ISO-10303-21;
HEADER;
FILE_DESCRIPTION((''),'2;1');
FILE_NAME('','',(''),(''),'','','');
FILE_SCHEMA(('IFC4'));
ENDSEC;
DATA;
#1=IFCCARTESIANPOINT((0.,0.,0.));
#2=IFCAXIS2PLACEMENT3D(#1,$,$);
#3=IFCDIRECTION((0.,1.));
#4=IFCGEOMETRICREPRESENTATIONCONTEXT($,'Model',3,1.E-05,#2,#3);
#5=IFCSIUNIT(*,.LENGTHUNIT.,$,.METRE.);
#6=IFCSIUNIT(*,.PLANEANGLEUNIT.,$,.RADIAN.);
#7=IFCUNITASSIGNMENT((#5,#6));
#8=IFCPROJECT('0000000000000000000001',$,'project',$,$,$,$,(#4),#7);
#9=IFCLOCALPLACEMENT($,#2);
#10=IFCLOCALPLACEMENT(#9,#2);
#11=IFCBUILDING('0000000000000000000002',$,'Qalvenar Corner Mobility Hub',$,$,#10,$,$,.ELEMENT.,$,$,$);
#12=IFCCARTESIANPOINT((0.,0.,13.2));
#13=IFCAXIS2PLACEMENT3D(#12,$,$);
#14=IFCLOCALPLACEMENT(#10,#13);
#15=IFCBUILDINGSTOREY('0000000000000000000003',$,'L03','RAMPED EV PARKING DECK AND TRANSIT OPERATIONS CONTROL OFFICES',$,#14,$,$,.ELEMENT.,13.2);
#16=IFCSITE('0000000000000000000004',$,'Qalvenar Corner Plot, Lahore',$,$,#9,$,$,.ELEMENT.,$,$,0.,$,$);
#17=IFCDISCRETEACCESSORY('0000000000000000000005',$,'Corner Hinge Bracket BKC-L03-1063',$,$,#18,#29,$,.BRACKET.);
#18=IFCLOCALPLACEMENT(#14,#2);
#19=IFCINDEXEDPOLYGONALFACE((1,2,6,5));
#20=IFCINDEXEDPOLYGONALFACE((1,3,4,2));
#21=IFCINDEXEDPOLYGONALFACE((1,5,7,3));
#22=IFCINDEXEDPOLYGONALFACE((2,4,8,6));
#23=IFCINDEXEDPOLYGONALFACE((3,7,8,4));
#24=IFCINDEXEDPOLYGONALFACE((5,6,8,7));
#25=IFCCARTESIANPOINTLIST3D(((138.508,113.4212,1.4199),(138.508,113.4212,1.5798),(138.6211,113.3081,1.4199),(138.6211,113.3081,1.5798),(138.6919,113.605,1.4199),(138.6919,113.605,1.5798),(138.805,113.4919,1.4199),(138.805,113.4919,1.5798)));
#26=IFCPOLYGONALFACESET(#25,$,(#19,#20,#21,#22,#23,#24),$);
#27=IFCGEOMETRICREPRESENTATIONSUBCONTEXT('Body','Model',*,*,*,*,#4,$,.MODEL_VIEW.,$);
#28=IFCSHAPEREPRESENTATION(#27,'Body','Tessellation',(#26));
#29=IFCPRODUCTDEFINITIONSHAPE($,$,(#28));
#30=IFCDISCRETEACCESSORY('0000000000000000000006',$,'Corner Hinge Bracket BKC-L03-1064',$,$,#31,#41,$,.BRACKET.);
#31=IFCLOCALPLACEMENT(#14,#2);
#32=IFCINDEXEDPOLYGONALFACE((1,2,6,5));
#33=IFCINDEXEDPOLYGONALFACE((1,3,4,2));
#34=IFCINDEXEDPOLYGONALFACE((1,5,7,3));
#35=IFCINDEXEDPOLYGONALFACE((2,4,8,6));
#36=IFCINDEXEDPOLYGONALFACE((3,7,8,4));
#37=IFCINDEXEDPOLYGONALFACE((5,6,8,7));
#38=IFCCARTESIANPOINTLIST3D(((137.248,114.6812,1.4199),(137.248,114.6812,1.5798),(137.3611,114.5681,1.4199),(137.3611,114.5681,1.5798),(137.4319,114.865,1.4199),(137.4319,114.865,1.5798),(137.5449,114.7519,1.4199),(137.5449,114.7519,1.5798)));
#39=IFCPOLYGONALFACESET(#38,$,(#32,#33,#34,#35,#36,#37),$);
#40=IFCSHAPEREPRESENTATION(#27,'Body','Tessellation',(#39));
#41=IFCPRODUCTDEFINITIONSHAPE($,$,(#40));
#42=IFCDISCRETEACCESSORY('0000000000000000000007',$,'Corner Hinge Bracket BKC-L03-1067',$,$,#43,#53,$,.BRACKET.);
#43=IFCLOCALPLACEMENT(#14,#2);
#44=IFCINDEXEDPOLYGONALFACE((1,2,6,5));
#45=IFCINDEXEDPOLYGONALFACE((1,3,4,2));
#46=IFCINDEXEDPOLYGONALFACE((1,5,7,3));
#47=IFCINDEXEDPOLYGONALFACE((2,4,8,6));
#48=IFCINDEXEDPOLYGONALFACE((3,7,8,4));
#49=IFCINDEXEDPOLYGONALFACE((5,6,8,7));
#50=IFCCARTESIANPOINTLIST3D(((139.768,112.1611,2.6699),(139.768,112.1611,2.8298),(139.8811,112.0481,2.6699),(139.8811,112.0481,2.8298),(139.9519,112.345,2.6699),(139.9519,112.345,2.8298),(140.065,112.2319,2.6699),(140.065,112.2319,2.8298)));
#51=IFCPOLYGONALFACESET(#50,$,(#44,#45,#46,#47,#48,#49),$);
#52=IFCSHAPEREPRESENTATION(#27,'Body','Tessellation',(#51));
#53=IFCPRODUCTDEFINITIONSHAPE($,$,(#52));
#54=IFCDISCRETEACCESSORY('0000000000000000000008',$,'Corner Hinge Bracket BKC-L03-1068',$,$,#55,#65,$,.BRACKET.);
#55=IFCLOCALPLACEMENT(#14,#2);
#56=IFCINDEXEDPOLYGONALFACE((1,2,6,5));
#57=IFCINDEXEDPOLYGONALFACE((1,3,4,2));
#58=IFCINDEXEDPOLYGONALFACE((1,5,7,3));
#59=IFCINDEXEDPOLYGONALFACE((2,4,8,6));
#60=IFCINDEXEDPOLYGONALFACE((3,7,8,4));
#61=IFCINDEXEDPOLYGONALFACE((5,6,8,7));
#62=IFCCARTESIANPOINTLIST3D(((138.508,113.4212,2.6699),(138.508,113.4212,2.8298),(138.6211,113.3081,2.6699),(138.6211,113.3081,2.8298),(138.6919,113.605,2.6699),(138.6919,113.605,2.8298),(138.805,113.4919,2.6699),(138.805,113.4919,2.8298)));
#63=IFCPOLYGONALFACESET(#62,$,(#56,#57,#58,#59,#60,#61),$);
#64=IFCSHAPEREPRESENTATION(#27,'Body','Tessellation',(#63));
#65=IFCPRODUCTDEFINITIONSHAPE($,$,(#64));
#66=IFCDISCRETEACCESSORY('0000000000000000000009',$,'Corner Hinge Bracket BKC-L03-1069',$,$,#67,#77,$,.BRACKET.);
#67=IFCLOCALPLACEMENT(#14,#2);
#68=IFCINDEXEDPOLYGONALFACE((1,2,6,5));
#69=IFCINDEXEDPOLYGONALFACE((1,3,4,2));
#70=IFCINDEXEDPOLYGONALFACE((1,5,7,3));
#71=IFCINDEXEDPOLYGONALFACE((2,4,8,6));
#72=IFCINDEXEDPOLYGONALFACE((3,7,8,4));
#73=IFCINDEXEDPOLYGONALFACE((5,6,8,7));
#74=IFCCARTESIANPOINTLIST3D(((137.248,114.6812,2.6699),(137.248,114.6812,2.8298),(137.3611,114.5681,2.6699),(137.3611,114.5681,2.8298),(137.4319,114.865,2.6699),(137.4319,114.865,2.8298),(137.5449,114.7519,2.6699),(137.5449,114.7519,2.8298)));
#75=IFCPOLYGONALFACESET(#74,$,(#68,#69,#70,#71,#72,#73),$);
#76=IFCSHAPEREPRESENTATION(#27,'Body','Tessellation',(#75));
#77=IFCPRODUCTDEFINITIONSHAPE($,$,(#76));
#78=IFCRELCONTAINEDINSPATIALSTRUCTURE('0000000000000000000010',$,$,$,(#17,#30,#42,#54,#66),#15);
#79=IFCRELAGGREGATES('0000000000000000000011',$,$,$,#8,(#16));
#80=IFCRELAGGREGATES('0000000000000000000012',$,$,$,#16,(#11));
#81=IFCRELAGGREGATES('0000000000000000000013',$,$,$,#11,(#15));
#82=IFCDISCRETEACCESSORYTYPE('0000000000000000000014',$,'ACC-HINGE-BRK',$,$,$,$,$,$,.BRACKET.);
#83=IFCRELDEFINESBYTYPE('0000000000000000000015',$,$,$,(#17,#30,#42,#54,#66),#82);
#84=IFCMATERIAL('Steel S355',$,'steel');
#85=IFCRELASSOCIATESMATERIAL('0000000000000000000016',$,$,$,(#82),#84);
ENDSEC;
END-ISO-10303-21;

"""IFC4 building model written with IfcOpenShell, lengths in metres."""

from ifc_helpers import new_model, si_unit, direction, frame, origin, origin_2d, place, context, subcontext, project, spatial, rectangle, extrude, material, type_object, element, save


model = new_model("IFC4")

# Units and contexts
model_context = context("Model", 3, precision=1e-05, world=origin(), true_north=direction((0.0, 1.0)))
body_context = subcontext(model_context, "Body", "Model", "MODEL_VIEW")
ifc_project = project(units=[si_unit("LENGTHUNIT", "METRE"), si_unit("PLANEANGLEUNIT", "RADIAN")], contexts=[model_context])

# Site, building, storey
site_placement = place(None, origin())
site = spatial("IfcSite", under=ifc_project, at=site_placement, Name="Qalvenar Corner Plot, Lahore", CompositionType="ELEMENT", RefElevation=0.0)
building_placement = place(site_placement, origin())
building = spatial("IfcBuilding", under=site, at=building_placement, Name="Qalvenar Corner Mobility Hub", CompositionType="ELEMENT")
storey_placement = place(building_placement, frame((0.0, 0.0, 13.2)))
storey = spatial("IfcBuildingStorey", under=building, at=storey_placement, Name="L03", Description="RAMPED EV PARKING DECK AND TRANSIT OPERATIONS CONTROL OFFICES", CompositionType="ELEMENT", Elevation=13.2)

# Shared definitions
ifc_material_1 = material(Name="Steel S355", Category="steel")

# Discrete accessories
discrete_accessory_type = type_object("IfcDiscreteAccessoryType", Name="ACC-HINGE-BRK", PredefinedType="BRACKET", material=ifc_material_1)
for number, where, z_axis, x_axis, name in (
    (1, (138.6565, 113.4565, 1.4199), (0.0, 0.0, 1.0), (-0.707107, 0.707107, 0.0), "Corner Hinge Bracket BKC-L03-1063"),
    (2, (137.3965, 114.7166, 1.4199), (0.0, 0.0, 1.0), (-0.707107, 0.707107, 0.0), "Corner Hinge Bracket BKC-L03-1064"),
    (3, (139.9165, 112.1965, 2.6699), (0.0, 0.0, 1.0), (-0.707107, 0.707107, 0.0), "Corner Hinge Bracket BKC-L03-1067"),
    (4, (138.6565, 113.4565, 2.6699), (0.0, 0.0, 1.0), (-0.707107, 0.707107, 0.0), "Corner Hinge Bracket BKC-L03-1068"),
    (5, (137.3965, 114.7166, 2.6699), (0.0, 0.0, 1.0), (-0.707107, 0.707107, 0.0), "Corner Hinge Bracket BKC-L03-1069"),
):
    element("IfcDiscreteAccessory", number, at=place(storey_placement, frame(where, z_axis=z_axis, x_axis=x_axis)), inside=storey, type_object=discrete_accessory_type, Name=name, PredefinedType="BRACKET", context=body_context, shape_type="SweptSolid", body=[
        extrude(rectangle(XDim=0.1599, YDim=0.26, at=origin_2d()), origin(), (0.0, 0.0, 1.0), 0.1599),
    ])

save(model, "model.ifc")
